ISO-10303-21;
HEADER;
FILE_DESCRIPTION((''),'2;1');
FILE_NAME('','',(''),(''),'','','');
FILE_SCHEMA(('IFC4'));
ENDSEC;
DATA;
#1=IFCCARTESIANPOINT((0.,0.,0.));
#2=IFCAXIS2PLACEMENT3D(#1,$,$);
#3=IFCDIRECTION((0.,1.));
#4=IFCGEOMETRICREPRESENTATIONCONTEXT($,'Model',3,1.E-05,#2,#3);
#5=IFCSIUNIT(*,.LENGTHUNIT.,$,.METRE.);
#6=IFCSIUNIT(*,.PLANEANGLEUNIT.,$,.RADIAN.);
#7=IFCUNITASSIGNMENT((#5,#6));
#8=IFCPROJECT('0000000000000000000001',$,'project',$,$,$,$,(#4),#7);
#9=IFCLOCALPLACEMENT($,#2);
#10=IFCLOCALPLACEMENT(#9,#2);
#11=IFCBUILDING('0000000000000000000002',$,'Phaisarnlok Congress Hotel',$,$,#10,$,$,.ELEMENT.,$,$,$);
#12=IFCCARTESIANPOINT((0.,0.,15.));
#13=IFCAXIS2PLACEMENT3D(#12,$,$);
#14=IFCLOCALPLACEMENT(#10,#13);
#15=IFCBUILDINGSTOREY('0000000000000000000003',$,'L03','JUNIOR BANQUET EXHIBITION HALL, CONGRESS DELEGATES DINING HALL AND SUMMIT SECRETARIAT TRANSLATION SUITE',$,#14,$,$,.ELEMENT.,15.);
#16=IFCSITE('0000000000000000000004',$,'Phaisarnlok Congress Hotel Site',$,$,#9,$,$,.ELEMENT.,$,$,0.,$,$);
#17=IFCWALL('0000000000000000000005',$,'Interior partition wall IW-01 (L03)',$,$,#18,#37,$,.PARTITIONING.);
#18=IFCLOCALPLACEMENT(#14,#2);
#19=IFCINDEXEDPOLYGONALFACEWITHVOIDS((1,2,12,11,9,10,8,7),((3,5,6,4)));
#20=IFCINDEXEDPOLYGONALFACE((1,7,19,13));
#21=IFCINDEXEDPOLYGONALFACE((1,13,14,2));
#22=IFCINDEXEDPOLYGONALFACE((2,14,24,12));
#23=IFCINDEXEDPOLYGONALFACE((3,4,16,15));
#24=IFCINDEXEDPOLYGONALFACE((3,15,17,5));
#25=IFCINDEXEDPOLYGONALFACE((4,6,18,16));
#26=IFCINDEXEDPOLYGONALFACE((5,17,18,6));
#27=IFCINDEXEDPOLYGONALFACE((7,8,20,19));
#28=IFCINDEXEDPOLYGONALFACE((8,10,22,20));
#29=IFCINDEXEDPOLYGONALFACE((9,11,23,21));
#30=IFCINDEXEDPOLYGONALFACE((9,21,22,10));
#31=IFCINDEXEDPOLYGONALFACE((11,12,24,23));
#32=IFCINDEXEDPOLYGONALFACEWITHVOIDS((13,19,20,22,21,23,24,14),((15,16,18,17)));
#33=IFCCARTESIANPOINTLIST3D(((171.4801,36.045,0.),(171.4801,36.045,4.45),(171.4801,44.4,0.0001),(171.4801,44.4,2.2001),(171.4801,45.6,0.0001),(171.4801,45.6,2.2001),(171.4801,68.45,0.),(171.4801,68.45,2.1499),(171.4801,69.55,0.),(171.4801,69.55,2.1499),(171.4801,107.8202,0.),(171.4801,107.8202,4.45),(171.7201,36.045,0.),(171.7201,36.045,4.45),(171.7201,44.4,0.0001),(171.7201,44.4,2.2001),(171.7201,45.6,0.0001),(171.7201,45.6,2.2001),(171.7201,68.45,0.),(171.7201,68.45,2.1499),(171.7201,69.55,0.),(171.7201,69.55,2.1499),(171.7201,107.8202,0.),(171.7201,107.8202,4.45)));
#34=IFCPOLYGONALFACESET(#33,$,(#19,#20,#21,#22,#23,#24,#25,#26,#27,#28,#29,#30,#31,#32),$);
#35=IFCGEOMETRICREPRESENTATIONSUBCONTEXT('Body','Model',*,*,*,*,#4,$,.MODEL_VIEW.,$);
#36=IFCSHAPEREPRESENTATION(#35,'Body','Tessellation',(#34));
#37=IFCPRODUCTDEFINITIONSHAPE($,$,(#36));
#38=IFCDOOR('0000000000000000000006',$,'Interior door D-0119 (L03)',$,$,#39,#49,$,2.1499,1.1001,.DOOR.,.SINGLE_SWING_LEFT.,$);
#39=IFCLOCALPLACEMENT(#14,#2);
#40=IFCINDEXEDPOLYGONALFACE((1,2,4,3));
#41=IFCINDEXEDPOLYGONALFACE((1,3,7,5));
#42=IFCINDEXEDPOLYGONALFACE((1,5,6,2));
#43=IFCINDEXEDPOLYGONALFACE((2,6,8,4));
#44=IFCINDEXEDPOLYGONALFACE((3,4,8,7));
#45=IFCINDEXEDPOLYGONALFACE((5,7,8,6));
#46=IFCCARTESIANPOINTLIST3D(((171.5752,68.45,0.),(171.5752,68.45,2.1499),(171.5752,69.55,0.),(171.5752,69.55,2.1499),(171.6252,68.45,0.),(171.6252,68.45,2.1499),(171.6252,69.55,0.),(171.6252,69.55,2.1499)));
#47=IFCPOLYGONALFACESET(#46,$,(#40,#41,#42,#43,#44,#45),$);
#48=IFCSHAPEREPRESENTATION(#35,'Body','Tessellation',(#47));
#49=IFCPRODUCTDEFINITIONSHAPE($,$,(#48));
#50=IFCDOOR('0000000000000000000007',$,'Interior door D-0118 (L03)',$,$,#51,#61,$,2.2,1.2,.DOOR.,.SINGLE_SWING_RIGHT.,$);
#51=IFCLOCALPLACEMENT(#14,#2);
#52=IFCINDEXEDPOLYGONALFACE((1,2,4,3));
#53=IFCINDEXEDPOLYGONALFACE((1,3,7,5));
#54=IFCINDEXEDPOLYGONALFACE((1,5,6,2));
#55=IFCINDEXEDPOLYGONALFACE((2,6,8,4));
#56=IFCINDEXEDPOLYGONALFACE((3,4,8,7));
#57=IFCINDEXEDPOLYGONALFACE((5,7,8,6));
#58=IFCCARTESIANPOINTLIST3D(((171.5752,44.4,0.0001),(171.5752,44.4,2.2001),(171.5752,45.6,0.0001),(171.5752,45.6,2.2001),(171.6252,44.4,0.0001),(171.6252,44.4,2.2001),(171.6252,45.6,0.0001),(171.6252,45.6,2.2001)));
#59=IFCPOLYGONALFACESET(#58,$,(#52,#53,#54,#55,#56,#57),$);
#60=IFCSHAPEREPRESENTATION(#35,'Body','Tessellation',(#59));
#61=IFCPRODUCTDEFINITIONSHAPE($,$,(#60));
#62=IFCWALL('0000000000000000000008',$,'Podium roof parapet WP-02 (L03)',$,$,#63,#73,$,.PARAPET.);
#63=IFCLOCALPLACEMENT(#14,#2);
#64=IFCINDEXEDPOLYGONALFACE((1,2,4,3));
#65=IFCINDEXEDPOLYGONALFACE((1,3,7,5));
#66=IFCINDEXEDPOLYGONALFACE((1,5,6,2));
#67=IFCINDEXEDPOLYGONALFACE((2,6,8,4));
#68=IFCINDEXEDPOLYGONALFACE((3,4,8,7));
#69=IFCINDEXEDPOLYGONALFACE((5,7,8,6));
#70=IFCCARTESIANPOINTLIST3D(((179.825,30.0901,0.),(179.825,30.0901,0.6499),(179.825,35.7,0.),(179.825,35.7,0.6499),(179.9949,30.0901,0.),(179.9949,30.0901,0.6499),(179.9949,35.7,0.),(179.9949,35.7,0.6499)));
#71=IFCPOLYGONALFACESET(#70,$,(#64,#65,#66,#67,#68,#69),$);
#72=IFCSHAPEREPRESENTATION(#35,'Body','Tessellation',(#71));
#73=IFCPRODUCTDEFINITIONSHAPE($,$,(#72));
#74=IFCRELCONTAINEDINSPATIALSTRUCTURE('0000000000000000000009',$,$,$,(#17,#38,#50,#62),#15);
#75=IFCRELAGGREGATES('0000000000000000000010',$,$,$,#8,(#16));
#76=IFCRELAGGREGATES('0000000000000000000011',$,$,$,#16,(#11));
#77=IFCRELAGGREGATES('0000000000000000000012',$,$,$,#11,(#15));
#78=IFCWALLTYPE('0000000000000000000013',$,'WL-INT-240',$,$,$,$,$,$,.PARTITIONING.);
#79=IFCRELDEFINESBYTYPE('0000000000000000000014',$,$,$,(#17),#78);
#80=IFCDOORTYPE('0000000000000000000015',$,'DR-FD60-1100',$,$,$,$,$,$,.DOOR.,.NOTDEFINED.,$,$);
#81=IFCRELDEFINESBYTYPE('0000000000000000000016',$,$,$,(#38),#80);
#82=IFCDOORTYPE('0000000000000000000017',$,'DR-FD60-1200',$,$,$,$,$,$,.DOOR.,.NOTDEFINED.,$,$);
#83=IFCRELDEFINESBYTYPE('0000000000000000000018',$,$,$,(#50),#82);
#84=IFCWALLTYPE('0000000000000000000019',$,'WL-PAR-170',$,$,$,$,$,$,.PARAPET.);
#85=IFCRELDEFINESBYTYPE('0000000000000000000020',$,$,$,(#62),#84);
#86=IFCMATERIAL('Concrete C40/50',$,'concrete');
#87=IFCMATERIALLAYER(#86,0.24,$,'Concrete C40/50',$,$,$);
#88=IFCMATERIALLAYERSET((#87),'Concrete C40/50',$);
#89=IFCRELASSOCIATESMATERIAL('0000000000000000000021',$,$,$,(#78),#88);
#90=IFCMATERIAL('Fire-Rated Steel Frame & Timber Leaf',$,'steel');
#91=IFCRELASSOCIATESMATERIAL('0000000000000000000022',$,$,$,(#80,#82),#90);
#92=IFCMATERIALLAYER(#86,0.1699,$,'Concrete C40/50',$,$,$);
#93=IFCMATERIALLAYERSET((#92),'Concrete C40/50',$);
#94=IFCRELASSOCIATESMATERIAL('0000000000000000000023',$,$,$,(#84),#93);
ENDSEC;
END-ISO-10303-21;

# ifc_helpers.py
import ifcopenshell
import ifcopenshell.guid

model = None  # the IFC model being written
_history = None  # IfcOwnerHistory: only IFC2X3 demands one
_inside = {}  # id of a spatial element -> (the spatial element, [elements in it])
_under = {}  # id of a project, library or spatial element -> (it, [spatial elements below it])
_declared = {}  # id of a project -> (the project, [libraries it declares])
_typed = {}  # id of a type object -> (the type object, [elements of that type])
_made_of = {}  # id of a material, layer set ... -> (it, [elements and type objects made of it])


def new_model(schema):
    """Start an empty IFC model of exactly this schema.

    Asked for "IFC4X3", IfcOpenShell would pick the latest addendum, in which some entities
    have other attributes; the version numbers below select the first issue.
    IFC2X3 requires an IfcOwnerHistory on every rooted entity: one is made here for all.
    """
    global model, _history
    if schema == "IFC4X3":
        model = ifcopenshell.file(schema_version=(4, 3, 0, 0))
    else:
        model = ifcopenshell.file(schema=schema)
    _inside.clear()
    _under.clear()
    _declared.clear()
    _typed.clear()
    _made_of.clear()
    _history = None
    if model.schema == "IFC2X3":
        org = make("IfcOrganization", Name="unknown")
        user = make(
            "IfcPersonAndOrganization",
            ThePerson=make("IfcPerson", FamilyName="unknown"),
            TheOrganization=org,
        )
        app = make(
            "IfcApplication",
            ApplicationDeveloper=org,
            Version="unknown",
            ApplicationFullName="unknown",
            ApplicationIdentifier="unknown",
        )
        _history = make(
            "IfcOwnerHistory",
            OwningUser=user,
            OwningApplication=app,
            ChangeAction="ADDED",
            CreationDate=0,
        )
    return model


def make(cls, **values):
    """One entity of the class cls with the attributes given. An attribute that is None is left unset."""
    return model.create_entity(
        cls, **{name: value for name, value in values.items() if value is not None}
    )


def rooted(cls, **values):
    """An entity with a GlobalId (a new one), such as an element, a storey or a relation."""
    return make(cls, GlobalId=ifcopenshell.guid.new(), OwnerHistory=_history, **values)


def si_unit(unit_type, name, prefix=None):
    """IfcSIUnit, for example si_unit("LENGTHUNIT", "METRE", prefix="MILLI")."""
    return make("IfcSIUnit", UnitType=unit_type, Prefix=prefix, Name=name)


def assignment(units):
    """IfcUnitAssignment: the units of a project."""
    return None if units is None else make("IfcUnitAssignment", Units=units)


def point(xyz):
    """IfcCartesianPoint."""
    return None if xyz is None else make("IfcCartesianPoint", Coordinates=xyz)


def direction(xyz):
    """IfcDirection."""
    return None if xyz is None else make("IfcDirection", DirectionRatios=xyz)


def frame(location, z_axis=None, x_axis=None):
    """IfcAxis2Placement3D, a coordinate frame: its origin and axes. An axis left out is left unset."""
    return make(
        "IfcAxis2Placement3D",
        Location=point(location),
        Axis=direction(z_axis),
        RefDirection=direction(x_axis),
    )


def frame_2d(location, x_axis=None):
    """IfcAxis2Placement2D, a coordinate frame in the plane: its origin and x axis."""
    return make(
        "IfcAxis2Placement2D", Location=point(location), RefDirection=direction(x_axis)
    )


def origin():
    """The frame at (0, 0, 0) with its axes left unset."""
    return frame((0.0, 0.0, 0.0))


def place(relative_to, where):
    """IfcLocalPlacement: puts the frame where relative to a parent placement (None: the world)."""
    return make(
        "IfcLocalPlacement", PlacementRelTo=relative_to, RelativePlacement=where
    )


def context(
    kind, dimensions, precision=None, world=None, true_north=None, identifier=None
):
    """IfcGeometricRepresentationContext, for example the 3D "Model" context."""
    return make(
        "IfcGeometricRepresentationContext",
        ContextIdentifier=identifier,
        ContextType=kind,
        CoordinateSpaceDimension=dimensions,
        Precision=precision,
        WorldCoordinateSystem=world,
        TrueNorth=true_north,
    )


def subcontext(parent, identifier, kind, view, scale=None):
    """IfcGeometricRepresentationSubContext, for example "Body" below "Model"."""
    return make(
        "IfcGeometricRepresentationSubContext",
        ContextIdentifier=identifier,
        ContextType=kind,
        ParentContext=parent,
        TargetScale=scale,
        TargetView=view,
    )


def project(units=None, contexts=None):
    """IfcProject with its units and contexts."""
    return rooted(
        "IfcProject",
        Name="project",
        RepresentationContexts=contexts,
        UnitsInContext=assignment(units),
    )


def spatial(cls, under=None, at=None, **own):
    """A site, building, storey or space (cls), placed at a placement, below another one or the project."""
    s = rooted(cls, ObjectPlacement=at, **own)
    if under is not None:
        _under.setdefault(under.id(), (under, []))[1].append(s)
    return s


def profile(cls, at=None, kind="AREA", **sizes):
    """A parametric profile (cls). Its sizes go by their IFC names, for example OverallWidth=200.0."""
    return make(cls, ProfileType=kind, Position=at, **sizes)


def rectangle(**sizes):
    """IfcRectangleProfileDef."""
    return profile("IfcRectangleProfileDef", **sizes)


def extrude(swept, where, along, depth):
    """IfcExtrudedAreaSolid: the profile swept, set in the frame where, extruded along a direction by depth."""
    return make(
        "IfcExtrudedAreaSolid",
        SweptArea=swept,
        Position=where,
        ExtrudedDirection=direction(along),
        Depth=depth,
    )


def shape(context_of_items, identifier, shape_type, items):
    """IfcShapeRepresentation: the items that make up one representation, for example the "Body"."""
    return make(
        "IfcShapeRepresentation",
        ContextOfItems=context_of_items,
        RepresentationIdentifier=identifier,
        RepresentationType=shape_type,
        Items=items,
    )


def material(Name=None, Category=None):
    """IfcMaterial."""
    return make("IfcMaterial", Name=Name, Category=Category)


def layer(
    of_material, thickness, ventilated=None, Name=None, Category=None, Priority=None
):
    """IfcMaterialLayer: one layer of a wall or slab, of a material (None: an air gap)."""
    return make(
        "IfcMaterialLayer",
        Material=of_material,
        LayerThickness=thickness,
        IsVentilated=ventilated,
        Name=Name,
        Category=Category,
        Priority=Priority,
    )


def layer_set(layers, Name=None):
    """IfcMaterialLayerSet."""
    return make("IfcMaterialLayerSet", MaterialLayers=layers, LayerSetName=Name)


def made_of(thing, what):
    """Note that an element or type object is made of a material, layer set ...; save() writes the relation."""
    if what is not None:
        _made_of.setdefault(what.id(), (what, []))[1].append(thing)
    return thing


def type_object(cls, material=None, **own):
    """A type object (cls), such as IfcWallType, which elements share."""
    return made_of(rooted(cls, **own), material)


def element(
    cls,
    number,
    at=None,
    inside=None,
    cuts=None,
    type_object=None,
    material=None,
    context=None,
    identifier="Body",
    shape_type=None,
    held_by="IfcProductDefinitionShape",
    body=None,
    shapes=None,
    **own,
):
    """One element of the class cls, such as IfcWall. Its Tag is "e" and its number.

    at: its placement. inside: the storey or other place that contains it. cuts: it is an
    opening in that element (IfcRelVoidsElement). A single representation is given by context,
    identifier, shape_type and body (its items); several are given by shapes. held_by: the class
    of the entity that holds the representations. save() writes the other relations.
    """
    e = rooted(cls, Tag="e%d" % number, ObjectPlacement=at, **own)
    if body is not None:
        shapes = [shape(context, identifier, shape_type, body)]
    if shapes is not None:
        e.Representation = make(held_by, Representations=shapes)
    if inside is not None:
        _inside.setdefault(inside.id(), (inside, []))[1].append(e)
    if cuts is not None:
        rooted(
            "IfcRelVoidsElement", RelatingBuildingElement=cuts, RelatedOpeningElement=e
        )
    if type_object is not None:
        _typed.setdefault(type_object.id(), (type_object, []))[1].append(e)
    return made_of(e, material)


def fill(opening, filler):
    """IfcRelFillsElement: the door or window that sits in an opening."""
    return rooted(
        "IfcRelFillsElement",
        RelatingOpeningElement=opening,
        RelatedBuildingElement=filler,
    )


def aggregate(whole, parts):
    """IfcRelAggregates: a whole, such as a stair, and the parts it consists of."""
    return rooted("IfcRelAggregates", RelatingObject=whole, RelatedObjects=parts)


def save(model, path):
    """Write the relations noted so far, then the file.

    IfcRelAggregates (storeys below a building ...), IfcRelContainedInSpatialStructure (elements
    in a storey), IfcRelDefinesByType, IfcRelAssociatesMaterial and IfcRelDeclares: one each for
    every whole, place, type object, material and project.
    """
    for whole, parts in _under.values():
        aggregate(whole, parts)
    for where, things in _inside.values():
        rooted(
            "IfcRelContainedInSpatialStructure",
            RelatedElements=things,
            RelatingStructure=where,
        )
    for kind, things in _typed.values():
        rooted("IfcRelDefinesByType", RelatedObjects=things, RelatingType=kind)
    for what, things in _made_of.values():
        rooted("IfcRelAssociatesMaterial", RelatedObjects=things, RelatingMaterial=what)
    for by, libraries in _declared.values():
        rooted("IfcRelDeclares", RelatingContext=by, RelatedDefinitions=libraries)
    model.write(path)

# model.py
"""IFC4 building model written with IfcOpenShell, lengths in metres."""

from ifc_helpers import new_model, si_unit, direction, frame, frame_2d, origin, place, context, subcontext, project, spatial, rectangle, extrude, material, layer, layer_set, type_object, element, fill, save


model = new_model("IFC4")

# Units and contexts
model_context = context("Model", 3, precision=1e-05, world=origin(), true_north=direction((0.0, 1.0)))
body_context = subcontext(model_context, "Body", "Model", "MODEL_VIEW")
ifc_project = project(units=[si_unit("LENGTHUNIT", "METRE"), si_unit("PLANEANGLEUNIT", "RADIAN")], contexts=[model_context])

# Site, building, storey
site_placement = place(None, origin())
site = spatial("IfcSite", under=ifc_project, at=site_placement, Name="Phaisarnlok Congress Hotel Site", CompositionType="ELEMENT", RefElevation=0.0)
building_placement = place(site_placement, origin())
building = spatial("IfcBuilding", under=site, at=building_placement, Name="Phaisarnlok Congress Hotel", CompositionType="ELEMENT")
storey_placement = place(building_placement, frame((0.0, 0.0, 15.0)))
storey = spatial("IfcBuildingStorey", under=building, at=storey_placement, Name="L03", Description="JUNIOR BANQUET EXHIBITION HALL, CONGRESS DELEGATES DINING HALL AND SUMMIT SECRETARIAT TRANSLATION SUITE", CompositionType="ELEMENT", Elevation=15.0)

# Shared definitions
ifc_material_1 = material(Name="Concrete C40/50", Category="concrete")

# Wall, openings, doors
ifc_layer_1 = layer(ifc_material_1, 0.24, Name="Concrete C40/50")
ifc_layer_set_1 = layer_set([ifc_layer_1], Name="Concrete C40/50")
wall_type_1 = type_object("IfcWallType", Name="WL-INT-240", PredefinedType="PARTITIONING", material=ifc_layer_set_1)
wall_1_placement = place(storey_placement, frame((171.6001, 36.0449, 0.0), z_axis=(0.0, 0.0, 1.0), x_axis=(0.0, 1.0, 0.0)))
wall_1 = element("IfcWall", 1, at=wall_1_placement, inside=storey, type_object=wall_type_1, Name="Interior partition wall IW-01 (L03)", PredefinedType="PARTITIONING", context=body_context, shape_type="SweptSolid", body=[
    extrude(rectangle(XDim=71.7751, YDim=0.24, at=frame_2d((35.8877, 0.0))), origin(), (0.0, 0.0, 1.0), 4.45),
])
opening_1_placement = place(wall_1_placement, frame((8.355, 0.0, 0.0)))
opening_1 = element("IfcOpeningElement", 2, at=opening_1_placement, cuts=wall_1, PredefinedType="OPENING", context=body_context, shape_type="SweptSolid", body=[
    extrude(rectangle(XDim=1.2, YDim=2.2, at=frame_2d((0.6001, 1.1001))), frame((0.0, 0.1299, 0.0), z_axis=(0.0, -1.0, 0.0), x_axis=(1.0, 0.0, 0.0)), (0.0, 0.0, 1.0), 0.26),
])
opening_2_placement = place(wall_1_placement, frame((32.405, 0.0, 0.0)))
opening_2 = element("IfcOpeningElement", 3, at=opening_2_placement, cuts=wall_1, PredefinedType="OPENING", context=body_context, shape_type="SweptSolid", body=[
    extrude(rectangle(XDim=1.1001, YDim=2.1499, at=frame_2d((0.55, 1.075))), frame((0.0, 0.1299, 0.0), z_axis=(0.0, -1.0, 0.0), x_axis=(1.0, 0.0, 0.0)), (0.0, 0.0, 1.0), 0.26),
])
ifc_material_2 = material(Name="Fire-Rated Steel Frame & Timber Leaf", Category="steel")
door_type_1 = type_object("IfcDoorType", Name="DR-FD60-1100", OperationType="NOTDEFINED", PredefinedType="DOOR", material=ifc_material_2)
door_1_placement = place(opening_2_placement, origin())
door_1 = element("IfcDoor", 4, at=door_1_placement, inside=storey, type_object=door_type_1, Name="Interior door D-0119 (L03)", OperationType="SINGLE_SWING_LEFT", OverallHeight=2.1499, OverallWidth=1.1001, PredefinedType="DOOR", context=body_context, shape_type="SweptSolid", body=[
    extrude(rectangle(XDim=1.1001, YDim=2.1499, at=frame_2d((0.55, 1.075))), frame((0.0, 0.0249, 0.0), z_axis=(0.0, -1.0, 0.0), x_axis=(1.0, 0.0, 0.0)), (0.0, 0.0, 1.0), 0.05),
])
fill(opening_2, door_1)
door_type_2 = type_object("IfcDoorType", Name="DR-FD60-1200", OperationType="NOTDEFINED", PredefinedType="DOOR", material=ifc_material_2)
door_2_placement = place(opening_1_placement, origin())
door_2 = element("IfcDoor", 5, at=door_2_placement, inside=storey, type_object=door_type_2, Name="Interior door D-0118 (L03)", OperationType="SINGLE_SWING_RIGHT", OverallHeight=2.2, OverallWidth=1.2, PredefinedType="DOOR", context=body_context, shape_type="SweptSolid", body=[
    extrude(rectangle(XDim=1.2, YDim=2.2, at=frame_2d((0.6001, 1.1001))), frame((0.0, 0.0249, 0.0), z_axis=(0.0, -1.0, 0.0), x_axis=(1.0, 0.0, 0.0)), (0.0, 0.0, 1.0), 0.05),
])
fill(opening_1, door_2)

# Wall
ifc_layer_2 = layer(ifc_material_1, 0.1699, Name="Concrete C40/50")
ifc_layer_set_2 = layer_set([ifc_layer_2], Name="Concrete C40/50")
wall_type_2 = type_object("IfcWallType", Name="WL-PAR-170", PredefinedType="PARAPET", material=ifc_layer_set_2)
wall_2_placement = place(storey_placement, frame((179.9099, 30.0901, 0.0), z_axis=(0.0, 0.0, 1.0), x_axis=(0.0, 1.0, 0.0)))
element("IfcWall", 6, at=wall_2_placement, inside=storey, type_object=wall_type_2, Name="Podium roof parapet WP-02 (L03)", PredefinedType="PARAPET", context=body_context, shape_type="SweptSolid", body=[
    extrude(rectangle(XDim=5.6099, YDim=0.1699, at=frame_2d((2.8049, 0.0))), origin(), (0.0, 0.0, 1.0), 0.6499),
])

save(model, "model.ifc")
